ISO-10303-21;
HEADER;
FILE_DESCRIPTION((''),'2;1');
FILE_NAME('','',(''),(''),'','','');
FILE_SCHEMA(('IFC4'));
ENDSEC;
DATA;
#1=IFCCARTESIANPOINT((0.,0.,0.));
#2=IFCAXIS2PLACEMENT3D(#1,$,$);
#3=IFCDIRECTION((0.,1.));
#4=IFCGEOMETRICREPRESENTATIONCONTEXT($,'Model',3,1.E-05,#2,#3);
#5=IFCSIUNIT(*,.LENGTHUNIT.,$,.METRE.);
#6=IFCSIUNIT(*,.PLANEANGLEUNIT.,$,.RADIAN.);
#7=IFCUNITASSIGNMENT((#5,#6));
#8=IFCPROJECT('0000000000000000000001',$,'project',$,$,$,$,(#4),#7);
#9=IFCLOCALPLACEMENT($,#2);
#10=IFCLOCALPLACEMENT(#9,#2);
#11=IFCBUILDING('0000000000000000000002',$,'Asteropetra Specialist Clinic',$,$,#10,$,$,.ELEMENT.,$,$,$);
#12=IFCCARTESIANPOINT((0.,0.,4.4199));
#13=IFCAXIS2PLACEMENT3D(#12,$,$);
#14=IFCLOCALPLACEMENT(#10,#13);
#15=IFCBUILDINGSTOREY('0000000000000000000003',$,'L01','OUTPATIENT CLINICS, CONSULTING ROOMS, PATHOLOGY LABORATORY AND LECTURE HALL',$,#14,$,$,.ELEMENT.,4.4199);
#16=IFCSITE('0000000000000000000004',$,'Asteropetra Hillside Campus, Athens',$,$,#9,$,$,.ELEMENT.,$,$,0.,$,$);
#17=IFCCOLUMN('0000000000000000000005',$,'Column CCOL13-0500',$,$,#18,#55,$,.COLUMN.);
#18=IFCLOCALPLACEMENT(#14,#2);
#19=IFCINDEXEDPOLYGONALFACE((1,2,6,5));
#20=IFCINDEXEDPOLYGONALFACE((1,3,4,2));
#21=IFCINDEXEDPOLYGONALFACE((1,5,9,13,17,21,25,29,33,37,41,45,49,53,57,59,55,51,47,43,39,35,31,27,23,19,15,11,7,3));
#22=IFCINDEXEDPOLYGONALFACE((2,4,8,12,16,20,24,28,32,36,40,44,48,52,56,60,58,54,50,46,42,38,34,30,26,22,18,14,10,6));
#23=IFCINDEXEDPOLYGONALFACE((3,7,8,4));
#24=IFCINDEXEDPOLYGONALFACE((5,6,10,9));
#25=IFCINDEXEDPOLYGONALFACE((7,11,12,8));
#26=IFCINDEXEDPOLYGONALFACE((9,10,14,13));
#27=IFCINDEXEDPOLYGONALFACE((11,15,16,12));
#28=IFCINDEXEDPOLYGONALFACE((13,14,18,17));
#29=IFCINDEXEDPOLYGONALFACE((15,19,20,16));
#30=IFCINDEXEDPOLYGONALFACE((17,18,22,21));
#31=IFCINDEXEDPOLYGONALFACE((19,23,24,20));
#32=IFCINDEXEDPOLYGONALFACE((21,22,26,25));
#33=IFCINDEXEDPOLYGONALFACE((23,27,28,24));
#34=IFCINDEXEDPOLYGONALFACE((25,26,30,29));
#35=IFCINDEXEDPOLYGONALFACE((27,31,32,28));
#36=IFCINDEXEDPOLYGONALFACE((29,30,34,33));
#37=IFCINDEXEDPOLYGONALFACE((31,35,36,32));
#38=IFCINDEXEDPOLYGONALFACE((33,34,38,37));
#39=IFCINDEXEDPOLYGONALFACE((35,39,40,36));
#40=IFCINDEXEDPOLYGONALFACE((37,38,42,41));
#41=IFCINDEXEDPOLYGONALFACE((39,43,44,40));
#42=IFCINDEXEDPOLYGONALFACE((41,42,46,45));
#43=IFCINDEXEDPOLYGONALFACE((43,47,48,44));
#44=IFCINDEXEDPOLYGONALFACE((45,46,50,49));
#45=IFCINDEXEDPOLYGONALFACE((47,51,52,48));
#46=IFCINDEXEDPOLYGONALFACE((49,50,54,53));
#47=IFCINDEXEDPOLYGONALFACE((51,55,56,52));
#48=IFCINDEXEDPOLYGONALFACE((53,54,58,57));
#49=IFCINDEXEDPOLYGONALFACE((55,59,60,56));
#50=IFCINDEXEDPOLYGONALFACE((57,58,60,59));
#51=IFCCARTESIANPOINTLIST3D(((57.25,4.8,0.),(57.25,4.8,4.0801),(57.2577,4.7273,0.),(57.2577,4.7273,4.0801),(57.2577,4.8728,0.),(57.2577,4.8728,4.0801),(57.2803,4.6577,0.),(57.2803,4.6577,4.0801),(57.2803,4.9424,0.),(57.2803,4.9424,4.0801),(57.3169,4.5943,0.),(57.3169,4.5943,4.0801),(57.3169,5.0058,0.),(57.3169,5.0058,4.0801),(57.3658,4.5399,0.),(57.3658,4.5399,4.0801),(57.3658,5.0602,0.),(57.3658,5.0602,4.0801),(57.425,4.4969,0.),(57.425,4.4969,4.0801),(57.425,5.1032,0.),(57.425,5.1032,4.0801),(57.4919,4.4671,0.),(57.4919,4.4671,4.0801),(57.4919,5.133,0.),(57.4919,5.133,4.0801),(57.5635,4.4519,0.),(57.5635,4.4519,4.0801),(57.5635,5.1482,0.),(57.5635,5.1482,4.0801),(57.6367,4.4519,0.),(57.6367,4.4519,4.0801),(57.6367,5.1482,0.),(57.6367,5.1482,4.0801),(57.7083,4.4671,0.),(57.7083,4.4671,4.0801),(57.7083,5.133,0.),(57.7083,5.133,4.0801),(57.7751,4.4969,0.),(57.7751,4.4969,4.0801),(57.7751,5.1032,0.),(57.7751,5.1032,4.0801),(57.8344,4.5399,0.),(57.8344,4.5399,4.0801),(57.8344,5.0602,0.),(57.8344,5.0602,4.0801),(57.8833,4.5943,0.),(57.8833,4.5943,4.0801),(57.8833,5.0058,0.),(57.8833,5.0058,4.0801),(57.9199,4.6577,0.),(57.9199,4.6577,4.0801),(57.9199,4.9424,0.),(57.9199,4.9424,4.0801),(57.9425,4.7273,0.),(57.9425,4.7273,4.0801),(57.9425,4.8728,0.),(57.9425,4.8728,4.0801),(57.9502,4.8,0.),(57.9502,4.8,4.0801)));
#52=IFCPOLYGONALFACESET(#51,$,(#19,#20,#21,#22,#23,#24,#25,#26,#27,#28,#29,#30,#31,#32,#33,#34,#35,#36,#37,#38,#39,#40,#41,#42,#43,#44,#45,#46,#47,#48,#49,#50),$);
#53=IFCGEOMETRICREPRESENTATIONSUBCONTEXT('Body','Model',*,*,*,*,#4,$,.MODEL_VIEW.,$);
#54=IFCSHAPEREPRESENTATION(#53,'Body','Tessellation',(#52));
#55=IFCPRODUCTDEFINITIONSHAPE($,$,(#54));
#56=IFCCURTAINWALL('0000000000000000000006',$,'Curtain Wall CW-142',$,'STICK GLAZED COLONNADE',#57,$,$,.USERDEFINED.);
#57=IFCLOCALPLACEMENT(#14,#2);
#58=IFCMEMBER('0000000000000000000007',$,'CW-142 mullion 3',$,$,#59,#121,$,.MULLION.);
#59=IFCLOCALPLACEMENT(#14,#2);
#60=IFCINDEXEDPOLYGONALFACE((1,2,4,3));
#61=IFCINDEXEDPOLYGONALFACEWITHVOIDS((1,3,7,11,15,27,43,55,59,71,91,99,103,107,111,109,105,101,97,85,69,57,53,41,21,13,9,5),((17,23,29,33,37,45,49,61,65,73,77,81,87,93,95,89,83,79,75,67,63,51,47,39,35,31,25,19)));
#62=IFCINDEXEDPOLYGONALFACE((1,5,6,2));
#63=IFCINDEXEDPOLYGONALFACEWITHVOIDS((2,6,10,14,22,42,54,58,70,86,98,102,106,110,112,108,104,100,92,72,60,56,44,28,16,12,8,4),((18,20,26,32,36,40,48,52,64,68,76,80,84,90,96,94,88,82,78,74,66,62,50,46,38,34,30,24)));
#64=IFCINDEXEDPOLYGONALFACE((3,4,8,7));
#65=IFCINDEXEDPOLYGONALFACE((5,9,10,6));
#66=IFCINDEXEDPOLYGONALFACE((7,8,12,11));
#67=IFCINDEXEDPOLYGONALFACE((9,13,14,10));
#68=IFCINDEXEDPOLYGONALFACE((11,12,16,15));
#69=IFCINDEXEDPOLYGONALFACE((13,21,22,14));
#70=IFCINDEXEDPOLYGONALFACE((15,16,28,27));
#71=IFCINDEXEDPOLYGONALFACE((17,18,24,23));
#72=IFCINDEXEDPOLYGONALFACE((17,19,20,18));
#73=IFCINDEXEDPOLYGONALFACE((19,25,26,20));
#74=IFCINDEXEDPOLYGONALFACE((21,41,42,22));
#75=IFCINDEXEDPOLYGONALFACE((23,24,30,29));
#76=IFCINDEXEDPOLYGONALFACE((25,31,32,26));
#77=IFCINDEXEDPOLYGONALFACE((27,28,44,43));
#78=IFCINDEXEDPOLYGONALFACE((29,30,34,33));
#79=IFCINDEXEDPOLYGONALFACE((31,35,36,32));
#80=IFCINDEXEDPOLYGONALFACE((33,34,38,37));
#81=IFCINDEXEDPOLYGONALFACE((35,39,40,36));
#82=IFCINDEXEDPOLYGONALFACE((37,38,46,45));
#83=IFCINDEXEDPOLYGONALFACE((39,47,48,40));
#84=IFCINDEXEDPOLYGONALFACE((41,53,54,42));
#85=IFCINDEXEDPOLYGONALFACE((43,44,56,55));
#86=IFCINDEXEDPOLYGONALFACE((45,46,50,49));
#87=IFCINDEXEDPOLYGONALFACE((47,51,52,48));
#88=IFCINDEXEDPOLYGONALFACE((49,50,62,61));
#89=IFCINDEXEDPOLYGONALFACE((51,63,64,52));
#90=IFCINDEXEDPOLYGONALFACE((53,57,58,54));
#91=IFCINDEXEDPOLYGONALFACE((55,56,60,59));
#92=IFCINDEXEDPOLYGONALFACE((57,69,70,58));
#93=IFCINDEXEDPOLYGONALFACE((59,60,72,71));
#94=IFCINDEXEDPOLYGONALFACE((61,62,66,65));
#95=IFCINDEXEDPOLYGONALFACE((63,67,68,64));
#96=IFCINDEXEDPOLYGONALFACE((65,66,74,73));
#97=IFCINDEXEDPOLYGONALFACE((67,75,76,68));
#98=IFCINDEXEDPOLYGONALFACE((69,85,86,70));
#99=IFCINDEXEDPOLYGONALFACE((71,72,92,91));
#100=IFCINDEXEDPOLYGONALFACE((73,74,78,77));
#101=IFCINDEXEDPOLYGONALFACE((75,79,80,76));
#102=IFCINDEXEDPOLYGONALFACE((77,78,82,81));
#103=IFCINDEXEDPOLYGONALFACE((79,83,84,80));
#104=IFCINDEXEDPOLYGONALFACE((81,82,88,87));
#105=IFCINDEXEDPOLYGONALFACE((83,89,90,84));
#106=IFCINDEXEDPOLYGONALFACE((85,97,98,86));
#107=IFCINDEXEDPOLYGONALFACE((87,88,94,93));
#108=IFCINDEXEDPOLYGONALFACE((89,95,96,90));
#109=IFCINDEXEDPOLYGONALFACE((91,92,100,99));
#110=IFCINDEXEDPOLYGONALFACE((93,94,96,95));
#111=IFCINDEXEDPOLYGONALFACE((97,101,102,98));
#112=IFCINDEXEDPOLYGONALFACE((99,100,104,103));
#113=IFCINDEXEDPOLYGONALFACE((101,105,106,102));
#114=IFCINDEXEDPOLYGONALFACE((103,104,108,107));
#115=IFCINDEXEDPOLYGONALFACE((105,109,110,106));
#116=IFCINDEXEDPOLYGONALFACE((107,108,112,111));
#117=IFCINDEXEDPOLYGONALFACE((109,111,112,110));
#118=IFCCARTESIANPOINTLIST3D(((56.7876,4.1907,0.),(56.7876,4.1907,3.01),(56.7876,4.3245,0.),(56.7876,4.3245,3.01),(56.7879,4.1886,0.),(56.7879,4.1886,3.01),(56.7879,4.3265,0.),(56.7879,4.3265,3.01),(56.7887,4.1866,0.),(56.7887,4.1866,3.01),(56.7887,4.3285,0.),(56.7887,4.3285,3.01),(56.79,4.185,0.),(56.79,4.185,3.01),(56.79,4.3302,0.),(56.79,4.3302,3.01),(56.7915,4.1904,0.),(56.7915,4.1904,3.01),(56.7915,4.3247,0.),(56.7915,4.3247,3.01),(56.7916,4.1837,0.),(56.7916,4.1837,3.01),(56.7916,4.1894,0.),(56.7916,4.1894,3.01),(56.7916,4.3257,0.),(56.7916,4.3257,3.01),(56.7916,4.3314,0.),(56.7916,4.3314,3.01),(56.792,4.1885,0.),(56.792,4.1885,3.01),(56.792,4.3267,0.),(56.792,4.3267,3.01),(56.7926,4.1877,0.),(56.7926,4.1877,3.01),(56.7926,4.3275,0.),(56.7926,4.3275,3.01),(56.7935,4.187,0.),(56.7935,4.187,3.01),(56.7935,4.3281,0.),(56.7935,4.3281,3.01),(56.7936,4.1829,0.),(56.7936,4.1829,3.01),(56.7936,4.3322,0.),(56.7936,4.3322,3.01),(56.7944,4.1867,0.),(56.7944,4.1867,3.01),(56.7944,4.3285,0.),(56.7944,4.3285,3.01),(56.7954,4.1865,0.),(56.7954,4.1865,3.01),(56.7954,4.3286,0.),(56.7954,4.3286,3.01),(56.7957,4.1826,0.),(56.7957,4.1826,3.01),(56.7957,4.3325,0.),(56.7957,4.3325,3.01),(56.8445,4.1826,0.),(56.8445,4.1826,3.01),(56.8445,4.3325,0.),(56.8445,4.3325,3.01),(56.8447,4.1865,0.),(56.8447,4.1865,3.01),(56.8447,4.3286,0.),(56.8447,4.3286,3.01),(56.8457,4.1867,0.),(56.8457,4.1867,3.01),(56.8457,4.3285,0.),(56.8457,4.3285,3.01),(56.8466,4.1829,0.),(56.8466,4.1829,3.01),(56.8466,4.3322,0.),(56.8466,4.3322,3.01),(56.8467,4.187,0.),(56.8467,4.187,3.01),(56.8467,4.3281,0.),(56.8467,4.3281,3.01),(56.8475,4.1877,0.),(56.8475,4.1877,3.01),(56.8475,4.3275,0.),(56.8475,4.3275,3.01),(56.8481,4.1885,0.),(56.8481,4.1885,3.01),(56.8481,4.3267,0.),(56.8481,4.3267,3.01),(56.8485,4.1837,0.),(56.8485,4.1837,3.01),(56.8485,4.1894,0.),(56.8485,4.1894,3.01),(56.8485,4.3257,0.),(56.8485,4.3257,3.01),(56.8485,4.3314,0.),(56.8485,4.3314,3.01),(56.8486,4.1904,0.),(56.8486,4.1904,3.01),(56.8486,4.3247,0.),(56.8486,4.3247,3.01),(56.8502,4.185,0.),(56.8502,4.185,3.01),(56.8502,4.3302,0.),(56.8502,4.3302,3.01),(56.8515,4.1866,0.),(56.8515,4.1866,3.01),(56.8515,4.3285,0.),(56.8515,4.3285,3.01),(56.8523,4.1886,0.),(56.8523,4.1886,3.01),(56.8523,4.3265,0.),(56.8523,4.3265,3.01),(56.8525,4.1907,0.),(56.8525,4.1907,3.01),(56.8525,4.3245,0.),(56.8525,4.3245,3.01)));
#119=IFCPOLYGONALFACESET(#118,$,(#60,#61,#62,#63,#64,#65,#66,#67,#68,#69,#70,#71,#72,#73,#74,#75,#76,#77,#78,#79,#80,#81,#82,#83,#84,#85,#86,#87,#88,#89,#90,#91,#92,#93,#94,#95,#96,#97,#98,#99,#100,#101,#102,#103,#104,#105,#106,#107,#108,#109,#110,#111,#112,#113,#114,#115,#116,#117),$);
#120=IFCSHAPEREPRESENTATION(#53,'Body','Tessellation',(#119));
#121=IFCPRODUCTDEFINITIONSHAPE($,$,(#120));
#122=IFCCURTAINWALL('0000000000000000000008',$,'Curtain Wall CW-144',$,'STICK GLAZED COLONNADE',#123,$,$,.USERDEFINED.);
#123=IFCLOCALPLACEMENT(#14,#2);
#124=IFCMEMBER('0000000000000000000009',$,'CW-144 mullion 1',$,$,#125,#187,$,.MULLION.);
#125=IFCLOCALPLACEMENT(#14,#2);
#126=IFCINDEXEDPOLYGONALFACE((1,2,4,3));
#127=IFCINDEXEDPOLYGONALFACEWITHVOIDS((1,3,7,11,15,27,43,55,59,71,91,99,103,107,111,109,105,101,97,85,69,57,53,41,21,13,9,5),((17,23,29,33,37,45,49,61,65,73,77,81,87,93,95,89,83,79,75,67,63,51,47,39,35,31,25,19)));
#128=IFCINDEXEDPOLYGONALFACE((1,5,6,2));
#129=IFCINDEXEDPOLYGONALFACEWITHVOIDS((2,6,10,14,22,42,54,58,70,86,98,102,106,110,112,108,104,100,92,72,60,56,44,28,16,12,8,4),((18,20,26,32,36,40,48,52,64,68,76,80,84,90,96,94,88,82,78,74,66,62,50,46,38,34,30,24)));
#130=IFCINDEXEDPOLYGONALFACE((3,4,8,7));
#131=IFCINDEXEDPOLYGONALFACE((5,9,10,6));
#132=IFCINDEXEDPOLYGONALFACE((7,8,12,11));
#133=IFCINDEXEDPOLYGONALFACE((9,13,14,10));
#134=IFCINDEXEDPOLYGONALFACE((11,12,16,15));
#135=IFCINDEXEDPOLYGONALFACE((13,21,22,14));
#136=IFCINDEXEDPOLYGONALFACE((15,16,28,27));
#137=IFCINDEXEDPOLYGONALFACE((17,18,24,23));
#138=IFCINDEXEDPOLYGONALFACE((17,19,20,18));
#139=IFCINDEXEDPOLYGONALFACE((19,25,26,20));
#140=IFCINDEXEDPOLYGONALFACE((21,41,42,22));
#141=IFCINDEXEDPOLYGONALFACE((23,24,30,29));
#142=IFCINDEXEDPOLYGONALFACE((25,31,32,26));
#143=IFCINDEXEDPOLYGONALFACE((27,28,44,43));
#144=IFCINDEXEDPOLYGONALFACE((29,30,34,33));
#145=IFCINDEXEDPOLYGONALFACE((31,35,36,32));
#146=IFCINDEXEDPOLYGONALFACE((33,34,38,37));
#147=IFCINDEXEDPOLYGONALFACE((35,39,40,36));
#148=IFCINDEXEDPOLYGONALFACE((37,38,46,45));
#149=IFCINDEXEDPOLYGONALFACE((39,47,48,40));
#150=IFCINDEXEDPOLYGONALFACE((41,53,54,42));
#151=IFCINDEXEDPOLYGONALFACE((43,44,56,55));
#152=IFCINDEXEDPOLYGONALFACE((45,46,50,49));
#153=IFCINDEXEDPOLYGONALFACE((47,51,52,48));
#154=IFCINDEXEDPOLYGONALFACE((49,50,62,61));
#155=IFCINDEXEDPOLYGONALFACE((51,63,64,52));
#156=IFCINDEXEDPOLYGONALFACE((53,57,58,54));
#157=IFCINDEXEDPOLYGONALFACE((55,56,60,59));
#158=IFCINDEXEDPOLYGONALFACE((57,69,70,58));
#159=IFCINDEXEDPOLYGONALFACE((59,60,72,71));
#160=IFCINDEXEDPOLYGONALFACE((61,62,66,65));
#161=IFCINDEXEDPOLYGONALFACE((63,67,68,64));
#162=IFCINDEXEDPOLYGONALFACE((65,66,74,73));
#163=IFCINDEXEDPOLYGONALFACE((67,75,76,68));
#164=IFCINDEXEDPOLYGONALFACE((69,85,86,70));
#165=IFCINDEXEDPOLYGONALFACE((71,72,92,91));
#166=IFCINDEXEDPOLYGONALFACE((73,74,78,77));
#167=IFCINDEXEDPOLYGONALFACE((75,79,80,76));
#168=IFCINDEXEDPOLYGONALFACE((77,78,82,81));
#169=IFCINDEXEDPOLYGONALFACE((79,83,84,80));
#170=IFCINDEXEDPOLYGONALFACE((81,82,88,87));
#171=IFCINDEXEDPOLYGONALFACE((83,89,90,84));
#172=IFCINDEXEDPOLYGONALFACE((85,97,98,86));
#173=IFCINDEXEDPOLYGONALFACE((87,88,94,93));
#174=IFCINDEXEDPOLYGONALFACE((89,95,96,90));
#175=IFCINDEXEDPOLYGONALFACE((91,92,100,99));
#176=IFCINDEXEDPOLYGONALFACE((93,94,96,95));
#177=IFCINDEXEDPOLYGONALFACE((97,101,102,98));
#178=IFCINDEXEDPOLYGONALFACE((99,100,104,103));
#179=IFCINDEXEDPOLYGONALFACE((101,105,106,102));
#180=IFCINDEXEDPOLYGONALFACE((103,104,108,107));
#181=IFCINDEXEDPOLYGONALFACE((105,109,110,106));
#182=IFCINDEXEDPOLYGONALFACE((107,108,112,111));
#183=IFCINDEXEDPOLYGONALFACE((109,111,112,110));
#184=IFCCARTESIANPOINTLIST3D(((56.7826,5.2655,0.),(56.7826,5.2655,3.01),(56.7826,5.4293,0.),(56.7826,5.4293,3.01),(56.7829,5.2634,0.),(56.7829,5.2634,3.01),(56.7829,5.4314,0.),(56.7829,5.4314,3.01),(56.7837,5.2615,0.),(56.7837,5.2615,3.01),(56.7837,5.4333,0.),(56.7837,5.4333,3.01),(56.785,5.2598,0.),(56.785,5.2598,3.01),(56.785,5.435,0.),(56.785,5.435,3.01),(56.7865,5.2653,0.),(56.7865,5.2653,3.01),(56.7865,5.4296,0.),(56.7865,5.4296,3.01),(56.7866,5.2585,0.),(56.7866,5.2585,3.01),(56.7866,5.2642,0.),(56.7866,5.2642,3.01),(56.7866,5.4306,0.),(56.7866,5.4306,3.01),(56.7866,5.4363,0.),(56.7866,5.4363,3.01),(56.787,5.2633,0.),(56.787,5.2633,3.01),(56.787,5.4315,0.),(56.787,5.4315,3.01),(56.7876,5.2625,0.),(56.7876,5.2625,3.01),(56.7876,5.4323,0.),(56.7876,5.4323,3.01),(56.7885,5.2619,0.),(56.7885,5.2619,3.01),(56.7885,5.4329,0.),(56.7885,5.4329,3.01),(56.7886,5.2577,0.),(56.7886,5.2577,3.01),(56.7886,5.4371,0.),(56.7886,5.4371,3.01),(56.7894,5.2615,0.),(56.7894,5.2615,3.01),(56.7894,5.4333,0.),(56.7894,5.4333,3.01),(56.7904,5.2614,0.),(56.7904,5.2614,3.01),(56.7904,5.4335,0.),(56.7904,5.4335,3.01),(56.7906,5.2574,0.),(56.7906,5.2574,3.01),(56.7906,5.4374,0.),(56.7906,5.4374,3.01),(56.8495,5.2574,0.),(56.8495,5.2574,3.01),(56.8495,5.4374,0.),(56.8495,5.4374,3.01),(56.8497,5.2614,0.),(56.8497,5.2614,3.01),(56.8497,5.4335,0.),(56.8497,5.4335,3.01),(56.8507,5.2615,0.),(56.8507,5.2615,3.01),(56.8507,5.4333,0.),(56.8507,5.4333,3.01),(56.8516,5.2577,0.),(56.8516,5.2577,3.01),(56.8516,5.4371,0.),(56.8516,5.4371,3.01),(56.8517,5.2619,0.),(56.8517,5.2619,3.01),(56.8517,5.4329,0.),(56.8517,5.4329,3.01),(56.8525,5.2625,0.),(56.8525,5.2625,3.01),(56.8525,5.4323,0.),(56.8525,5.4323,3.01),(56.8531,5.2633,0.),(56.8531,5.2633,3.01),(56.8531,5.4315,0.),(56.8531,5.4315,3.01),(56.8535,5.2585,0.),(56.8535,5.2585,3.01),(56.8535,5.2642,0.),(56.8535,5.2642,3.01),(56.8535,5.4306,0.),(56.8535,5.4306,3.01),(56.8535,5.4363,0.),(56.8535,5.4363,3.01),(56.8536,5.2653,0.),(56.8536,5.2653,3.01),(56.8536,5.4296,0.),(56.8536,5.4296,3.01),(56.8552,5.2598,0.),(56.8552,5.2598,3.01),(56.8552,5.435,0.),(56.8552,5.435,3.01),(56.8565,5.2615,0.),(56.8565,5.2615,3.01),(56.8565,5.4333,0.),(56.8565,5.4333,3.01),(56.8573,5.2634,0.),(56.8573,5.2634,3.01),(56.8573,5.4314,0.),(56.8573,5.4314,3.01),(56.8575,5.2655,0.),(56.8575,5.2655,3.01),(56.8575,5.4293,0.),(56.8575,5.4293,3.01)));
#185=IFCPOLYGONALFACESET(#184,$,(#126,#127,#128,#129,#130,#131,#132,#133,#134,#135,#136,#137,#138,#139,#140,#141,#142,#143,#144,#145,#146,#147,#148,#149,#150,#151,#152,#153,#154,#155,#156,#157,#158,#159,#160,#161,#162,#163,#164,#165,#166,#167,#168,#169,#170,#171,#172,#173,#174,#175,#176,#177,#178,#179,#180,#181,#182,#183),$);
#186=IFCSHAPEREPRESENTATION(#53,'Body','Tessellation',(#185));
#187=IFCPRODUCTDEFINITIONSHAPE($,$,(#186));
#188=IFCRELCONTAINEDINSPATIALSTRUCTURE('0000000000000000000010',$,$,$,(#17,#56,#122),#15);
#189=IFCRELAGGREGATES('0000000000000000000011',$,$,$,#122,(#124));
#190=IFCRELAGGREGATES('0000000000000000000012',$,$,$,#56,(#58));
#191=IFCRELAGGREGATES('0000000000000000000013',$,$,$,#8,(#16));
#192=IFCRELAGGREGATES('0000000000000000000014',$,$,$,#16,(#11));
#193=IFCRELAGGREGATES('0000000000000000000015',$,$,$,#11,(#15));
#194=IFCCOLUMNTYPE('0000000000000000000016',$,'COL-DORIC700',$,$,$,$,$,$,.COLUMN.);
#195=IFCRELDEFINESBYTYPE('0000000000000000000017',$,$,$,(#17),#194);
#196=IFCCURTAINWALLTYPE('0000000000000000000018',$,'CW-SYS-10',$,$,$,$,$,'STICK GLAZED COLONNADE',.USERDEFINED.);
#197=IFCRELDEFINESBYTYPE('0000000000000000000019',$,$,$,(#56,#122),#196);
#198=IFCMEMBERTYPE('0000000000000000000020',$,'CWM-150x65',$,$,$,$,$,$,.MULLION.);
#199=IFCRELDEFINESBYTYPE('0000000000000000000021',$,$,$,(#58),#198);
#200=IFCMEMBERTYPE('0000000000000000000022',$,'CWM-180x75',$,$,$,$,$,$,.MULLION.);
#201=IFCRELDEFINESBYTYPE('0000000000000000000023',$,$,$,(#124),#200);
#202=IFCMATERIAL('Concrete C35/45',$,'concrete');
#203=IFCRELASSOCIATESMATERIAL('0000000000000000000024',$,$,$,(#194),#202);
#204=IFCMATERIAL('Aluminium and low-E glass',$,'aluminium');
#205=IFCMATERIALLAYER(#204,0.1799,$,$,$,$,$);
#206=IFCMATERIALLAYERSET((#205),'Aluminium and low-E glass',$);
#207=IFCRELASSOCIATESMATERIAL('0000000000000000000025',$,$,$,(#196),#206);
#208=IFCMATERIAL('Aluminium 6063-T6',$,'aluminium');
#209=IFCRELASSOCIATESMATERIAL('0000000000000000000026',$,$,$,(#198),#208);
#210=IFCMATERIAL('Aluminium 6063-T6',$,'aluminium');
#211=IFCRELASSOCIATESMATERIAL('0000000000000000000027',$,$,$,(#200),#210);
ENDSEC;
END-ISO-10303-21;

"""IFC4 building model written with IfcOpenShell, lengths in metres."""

from ifc_helpers import new_model, si_unit, direction, frame, origin, origin_2d, place, context, subcontext, project, spatial, hollow_rectangle, circle, extrude, material, layer, layer_set, material_profile, profile_set, type_object, element, aggregate, save


model = new_model("IFC4")

# Units and contexts
model_context = context("Model", 3, precision=1e-05, world=origin(), true_north=direction((0.0, 1.0)))
body_context = subcontext(model_context, "Body", "Model", "MODEL_VIEW")
ifc_project = project(units=[si_unit("LENGTHUNIT", "METRE"), si_unit("PLANEANGLEUNIT", "RADIAN")], contexts=[model_context])

# Site, building, storey
site_placement = place(None, origin())
site = spatial("IfcSite", under=ifc_project, at=site_placement, Name="Asteropetra Hillside Campus, Athens", CompositionType="ELEMENT", RefElevation=0.0)
building_placement = place(site_placement, origin())
building = spatial("IfcBuilding", under=site, at=building_placement, Name="Asteropetra Specialist Clinic", CompositionType="ELEMENT")
storey_placement = place(building_placement, frame((0.0, 0.0, 4.4199)))
storey = spatial("IfcBuildingStorey", under=building, at=storey_placement, Name="L01", Description="OUTPATIENT CLINICS, CONSULTING ROOMS, PATHOLOGY LABORATORY AND LECTURE HALL", CompositionType="ELEMENT", Elevation=4.4199)

# Column
ifc_material_1 = material(Name="Concrete C35/45", Category="concrete")
ifc_material_profile_1 = material_profile(ifc_material_1, circle(Radius=0.3501, at=origin_2d()), Name="RCC D700")
ifc_profile_set_1 = profile_set([ifc_material_profile_1], Name="Concrete C35/45")
column_type = type_object("IfcColumnType", Name="COL-DORIC700", PredefinedType="COLUMN", material=ifc_profile_set_1)
column_placement = place(storey_placement, frame((57.6001, 4.8, 0.0), z_axis=(0.0, 0.0, 1.0), x_axis=(1.0, 0.0, 0.0)))
element("IfcColumn", 1, at=column_placement, inside=storey, type_object=column_type, Name="Column CCOL13-0500", PredefinedType="COLUMN", context=body_context, shape_type="SweptSolid", body=[
    extrude(circle(Radius=0.3501, at=origin_2d()), origin(), (0.0, 0.0, 1.0), 4.0801),
])

# Curtain wall, member
ifc_material_2 = material(Name="Aluminium and low-E glass", Category="aluminium")
ifc_layer_1 = layer(ifc_material_2, 0.1799)
ifc_layer_set_1 = layer_set([ifc_layer_1], Name="Aluminium and low-E glass")
curtain_wall_type = type_object("IfcCurtainWallType", Name="CW-SYS-10", ElementType="STICK GLAZED COLONNADE", PredefinedType="USERDEFINED", material=ifc_layer_set_1)
curtain_wall_1_placement = place(storey_placement, origin())
curtain_wall_1 = element("IfcCurtainWall", 2, at=curtain_wall_1_placement, inside=storey, type_object=curtain_wall_type, Name="Curtain Wall CW-142", ObjectType="STICK GLAZED COLONNADE", PredefinedType="USERDEFINED")
ifc_material_3 = material(Name="Aluminium 6063-T6", Category="aluminium")
ifc_material_profile_2 = material_profile(ifc_material_3, hollow_rectangle(XDim=0.0649, YDim=0.1499, WallThickness=0.0039, InnerFilletRadius=0.0039, OuterFilletRadius=0.0081, at=origin_2d()), Name="MUL 150x65x4.0")
ifc_profile_set_2 = profile_set([ifc_material_profile_2], Name="Aluminium 6063-T6")
member_type_1 = type_object("IfcMemberType", Name="CWM-150x65", PredefinedType="MULLION", material=ifc_profile_set_2)
member_1_placement = place(storey_placement, frame((56.8201, 4.2576, 0.0), z_axis=(0.0, 0.0, 1.0), x_axis=(-1.0, 0.0, 0.0)))
member_1 = element("IfcMember", 3, at=member_1_placement, type_object=member_type_1, Name="CW-142 mullion 3", PredefinedType="MULLION", context=body_context, shape_type="SweptSolid", body=[
    extrude(hollow_rectangle(XDim=0.0649, YDim=0.1499, WallThickness=0.0039, InnerFilletRadius=0.0039, OuterFilletRadius=0.0081, at=origin_2d()), origin(), (0.0, 0.0, 1.0), 3.01),
])

# Curtain wall, member
curtain_wall_2_placement = place(storey_placement, origin())
curtain_wall_2 = element("IfcCurtainWall", 4, at=curtain_wall_2_placement, inside=storey, type_object=curtain_wall_type, Name="Curtain Wall CW-144", ObjectType="STICK GLAZED COLONNADE", PredefinedType="USERDEFINED")
ifc_material_4 = material(Name="Aluminium 6063-T6", Category="aluminium")
ifc_material_profile_3 = material_profile(ifc_material_4, hollow_rectangle(XDim=0.075, YDim=0.1799, WallThickness=0.0039, InnerFilletRadius=0.0039, OuterFilletRadius=0.0081, at=origin_2d()), Name="MUL 180x75x4.0")
ifc_profile_set_3 = profile_set([ifc_material_profile_3], Name="Aluminium 6063-T6")
member_type_2 = type_object("IfcMemberType", Name="CWM-180x75", PredefinedType="MULLION", material=ifc_profile_set_3)
member_2_placement = place(storey_placement, frame((56.8201, 5.3474, 0.0), z_axis=(0.0, 0.0, 1.0), x_axis=(-1.0, 0.0, 0.0)))
member_2 = element("IfcMember", 5, at=member_2_placement, type_object=member_type_2, Name="CW-144 mullion 1", PredefinedType="MULLION", context=body_context, shape_type="SweptSolid", body=[
    extrude(hollow_rectangle(XDim=0.075, YDim=0.1799, WallThickness=0.0039, InnerFilletRadius=0.0039, OuterFilletRadius=0.0081, at=origin_2d()), origin(), (0.0, 0.0, 1.0), 3.01),
])

aggregate(curtain_wall_2, [member_2])
aggregate(curtain_wall_1, [member_1])

save(model, "model.ifc")
